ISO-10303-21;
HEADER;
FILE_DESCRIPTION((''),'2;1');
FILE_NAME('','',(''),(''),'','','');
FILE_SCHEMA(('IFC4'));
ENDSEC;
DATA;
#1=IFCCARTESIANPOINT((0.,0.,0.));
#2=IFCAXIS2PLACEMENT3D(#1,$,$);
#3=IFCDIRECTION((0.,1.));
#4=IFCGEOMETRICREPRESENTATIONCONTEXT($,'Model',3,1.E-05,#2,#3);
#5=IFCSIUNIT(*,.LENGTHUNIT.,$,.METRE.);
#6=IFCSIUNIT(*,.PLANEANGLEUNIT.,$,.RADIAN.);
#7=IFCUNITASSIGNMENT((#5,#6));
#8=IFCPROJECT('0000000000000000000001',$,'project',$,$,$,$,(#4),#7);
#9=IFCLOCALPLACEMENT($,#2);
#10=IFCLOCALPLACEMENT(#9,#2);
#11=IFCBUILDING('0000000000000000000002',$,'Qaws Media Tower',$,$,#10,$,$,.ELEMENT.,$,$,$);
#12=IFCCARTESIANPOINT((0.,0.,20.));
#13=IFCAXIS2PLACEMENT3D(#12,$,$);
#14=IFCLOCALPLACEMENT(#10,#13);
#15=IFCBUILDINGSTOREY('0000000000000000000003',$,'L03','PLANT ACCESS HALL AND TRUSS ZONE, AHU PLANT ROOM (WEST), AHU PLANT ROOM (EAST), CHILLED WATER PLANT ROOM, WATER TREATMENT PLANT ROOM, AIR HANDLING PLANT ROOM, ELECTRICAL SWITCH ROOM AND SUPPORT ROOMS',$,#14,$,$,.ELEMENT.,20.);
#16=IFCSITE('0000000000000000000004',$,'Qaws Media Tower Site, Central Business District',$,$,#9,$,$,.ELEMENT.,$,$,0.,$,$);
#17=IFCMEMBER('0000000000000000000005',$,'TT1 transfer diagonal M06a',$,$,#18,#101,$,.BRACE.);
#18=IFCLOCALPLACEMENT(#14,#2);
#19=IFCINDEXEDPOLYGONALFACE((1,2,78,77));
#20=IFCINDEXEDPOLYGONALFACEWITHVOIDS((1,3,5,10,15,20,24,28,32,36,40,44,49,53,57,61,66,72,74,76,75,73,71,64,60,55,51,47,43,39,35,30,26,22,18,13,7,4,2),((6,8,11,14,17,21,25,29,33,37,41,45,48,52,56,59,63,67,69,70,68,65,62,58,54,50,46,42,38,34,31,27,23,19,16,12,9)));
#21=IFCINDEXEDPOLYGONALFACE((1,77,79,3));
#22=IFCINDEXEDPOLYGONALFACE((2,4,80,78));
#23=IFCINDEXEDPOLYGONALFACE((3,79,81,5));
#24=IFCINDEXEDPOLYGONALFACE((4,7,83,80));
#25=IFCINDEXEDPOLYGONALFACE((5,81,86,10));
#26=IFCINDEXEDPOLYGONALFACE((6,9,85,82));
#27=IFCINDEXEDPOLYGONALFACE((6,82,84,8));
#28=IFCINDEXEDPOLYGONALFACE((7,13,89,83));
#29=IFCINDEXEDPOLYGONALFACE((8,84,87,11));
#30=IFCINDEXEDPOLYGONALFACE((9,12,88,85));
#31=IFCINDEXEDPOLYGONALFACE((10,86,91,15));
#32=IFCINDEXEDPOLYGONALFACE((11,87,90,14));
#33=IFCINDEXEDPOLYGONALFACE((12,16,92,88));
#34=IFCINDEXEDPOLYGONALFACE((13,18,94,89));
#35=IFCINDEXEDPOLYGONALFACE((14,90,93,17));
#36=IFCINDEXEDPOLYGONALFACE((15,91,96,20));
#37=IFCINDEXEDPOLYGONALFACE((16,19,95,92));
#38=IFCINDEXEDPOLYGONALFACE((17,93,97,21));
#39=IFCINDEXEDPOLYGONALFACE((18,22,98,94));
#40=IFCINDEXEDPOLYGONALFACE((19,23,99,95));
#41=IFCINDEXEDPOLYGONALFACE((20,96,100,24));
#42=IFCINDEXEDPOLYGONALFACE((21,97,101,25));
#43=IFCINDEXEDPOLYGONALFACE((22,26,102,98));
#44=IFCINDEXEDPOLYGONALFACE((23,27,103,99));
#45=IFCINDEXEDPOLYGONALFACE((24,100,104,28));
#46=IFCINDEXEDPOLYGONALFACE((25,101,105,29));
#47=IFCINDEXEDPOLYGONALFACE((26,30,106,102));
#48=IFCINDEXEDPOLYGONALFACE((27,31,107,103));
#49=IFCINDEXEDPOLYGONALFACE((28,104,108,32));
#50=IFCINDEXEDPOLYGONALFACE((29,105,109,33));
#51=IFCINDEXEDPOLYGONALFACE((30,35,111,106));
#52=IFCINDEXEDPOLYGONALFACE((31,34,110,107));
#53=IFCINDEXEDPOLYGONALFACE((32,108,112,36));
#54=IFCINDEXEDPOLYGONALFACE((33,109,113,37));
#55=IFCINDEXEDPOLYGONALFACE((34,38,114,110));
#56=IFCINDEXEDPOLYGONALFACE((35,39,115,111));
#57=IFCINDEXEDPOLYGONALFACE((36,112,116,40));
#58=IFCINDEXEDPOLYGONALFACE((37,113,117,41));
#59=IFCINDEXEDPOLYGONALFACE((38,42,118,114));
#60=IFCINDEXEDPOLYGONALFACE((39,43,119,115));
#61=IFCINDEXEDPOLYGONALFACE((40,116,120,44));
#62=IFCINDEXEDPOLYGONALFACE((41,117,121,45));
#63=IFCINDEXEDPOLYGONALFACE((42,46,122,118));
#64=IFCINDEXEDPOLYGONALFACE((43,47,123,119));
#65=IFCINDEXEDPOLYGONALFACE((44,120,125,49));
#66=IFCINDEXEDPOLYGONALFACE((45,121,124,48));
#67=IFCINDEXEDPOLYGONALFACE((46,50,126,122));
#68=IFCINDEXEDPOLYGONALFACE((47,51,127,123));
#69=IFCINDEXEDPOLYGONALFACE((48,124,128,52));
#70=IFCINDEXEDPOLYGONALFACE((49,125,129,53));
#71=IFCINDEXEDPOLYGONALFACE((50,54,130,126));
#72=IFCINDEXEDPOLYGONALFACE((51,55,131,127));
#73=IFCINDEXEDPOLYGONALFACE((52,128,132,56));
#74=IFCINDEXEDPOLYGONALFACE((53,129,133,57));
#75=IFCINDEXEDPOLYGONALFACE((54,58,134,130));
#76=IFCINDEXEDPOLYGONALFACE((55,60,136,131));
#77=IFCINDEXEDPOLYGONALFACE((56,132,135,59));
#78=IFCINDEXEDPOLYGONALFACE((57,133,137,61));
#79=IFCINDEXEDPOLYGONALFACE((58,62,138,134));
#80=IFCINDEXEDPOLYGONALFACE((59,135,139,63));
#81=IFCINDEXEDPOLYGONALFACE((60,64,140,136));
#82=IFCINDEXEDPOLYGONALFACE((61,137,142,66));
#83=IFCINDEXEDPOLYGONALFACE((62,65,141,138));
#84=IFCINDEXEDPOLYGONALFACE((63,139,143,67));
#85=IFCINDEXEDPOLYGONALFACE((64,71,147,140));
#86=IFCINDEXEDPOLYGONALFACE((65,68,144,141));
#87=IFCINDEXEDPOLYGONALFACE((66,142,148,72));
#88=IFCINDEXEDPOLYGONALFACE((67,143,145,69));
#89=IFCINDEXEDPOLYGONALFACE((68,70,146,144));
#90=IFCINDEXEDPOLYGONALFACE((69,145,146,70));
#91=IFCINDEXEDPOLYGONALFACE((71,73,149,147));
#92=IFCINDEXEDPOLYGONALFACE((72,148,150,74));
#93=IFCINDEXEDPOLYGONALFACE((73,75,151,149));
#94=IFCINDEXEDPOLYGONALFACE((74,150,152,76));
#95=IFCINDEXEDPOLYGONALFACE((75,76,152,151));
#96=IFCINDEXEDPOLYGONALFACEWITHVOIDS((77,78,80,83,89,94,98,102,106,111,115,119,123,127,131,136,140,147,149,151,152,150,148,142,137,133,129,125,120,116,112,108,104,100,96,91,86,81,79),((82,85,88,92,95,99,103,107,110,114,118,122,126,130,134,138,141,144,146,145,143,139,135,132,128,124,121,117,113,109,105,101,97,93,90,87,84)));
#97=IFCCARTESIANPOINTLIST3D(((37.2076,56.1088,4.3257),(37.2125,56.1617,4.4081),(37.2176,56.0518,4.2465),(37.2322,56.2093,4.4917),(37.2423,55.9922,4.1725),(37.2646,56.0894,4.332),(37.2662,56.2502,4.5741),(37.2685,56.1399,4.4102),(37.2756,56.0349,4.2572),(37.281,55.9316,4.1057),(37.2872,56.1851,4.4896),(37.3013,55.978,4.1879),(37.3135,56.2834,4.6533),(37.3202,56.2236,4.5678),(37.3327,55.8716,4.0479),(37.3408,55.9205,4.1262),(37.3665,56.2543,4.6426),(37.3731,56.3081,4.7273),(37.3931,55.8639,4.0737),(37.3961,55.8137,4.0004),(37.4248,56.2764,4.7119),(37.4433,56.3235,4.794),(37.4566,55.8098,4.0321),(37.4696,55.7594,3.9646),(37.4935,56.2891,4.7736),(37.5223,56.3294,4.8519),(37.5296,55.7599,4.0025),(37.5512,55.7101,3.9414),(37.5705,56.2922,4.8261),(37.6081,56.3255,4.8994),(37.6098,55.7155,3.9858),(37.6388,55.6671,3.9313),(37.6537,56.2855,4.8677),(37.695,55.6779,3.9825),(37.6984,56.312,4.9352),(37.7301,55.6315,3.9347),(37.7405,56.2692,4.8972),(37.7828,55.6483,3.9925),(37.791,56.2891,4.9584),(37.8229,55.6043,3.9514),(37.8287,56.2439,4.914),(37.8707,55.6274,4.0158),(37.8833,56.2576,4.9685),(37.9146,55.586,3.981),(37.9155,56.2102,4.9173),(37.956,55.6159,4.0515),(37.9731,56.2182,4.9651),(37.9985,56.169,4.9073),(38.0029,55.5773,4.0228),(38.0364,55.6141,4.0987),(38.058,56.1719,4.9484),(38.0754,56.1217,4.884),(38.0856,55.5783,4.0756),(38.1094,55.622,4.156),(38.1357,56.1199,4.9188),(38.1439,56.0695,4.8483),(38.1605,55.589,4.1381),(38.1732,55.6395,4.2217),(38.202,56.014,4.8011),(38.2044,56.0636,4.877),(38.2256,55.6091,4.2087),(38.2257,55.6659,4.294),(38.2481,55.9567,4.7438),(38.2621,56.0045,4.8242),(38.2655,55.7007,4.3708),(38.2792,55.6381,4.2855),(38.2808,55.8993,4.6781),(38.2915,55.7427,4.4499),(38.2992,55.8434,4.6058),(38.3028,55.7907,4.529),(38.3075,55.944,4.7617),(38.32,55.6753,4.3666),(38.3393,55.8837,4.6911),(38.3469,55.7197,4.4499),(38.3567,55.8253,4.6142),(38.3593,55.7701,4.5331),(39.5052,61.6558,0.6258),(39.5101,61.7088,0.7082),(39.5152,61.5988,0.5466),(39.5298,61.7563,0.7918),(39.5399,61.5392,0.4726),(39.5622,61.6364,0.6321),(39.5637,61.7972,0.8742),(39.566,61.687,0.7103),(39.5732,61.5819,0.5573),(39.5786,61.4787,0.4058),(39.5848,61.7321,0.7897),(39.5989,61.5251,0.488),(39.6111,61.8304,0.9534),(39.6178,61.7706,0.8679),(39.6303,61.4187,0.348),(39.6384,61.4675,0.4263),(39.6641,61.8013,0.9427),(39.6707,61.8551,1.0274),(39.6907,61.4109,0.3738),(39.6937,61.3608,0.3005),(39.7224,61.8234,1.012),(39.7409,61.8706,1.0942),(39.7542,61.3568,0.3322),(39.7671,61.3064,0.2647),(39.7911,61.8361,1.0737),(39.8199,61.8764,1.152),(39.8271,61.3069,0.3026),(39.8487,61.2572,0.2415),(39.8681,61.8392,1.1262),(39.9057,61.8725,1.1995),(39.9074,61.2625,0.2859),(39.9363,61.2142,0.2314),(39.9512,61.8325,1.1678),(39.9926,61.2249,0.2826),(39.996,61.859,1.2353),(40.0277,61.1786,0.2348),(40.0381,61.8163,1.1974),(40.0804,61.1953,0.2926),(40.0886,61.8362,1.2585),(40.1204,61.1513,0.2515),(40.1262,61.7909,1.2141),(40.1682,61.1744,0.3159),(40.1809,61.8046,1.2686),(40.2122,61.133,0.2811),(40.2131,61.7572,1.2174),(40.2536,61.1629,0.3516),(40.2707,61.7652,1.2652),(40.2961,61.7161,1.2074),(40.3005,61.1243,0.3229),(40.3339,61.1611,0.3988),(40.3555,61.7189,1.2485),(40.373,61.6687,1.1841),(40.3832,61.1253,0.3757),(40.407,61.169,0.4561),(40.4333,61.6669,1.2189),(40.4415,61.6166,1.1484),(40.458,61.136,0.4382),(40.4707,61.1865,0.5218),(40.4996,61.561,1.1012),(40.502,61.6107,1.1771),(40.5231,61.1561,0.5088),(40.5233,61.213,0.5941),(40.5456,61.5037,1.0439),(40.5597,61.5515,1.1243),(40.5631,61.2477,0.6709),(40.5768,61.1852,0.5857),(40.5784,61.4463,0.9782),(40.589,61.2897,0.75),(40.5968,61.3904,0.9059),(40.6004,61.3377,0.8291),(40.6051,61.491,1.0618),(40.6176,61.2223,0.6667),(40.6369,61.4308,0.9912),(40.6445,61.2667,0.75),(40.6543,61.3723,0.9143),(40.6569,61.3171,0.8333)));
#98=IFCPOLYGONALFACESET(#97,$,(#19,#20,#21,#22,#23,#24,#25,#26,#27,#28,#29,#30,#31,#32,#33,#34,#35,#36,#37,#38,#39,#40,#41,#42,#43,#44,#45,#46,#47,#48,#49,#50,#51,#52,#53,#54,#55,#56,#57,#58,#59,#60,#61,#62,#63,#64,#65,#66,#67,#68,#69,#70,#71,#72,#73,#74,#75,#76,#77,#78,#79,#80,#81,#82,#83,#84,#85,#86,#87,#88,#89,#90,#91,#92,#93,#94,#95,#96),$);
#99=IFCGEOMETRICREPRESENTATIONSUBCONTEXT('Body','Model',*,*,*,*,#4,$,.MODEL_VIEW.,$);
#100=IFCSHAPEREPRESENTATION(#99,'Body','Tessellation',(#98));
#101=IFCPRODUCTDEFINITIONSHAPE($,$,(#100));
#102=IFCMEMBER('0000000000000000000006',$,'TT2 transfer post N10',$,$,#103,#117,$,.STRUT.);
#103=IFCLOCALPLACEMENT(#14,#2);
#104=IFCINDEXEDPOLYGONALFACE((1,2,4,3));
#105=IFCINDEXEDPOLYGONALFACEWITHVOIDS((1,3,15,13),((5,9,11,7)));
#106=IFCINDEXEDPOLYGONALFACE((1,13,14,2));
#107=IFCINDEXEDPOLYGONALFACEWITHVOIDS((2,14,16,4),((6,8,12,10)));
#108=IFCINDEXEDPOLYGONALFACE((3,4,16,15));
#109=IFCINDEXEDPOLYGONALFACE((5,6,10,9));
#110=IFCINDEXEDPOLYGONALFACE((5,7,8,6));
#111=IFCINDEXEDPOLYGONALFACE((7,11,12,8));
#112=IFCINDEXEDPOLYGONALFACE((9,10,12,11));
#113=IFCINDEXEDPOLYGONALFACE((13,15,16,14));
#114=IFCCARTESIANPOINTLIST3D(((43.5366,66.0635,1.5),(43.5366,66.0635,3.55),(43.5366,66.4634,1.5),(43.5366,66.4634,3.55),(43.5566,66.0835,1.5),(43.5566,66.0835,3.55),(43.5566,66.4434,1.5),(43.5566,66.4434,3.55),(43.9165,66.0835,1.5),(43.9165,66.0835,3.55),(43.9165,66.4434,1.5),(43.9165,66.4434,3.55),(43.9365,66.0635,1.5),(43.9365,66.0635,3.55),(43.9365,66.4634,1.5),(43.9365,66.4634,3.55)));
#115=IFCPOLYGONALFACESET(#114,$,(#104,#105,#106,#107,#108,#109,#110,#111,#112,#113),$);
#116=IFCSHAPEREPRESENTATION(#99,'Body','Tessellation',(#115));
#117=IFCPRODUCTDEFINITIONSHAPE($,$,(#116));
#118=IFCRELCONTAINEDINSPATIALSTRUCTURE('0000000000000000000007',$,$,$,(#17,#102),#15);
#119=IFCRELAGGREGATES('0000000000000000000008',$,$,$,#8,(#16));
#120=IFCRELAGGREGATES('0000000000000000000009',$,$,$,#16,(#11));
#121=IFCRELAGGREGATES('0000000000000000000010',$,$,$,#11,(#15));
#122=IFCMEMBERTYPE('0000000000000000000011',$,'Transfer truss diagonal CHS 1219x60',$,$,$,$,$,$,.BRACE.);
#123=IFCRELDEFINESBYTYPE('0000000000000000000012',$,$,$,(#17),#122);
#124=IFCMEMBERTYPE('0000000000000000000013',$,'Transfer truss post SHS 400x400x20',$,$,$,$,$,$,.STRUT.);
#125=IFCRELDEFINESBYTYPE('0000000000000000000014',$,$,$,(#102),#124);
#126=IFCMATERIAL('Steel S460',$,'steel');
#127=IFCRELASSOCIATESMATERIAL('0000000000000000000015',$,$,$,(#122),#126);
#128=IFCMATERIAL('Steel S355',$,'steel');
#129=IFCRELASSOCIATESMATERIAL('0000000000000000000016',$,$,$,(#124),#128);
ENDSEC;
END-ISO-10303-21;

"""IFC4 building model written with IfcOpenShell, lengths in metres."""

from ifc_helpers import new_model, si_unit, direction, frame, origin, origin_2d, place, context, subcontext, project, spatial, hollow_rectangle, hollow_circle, extrude, material, material_profile, profile_set, type_object, element, save


model = new_model("IFC4")

# Units and contexts
model_context = context("Model", 3, precision=1e-05, world=origin(), true_north=direction((0.0, 1.0)))
body_context = subcontext(model_context, "Body", "Model", "MODEL_VIEW")
ifc_project = project(units=[si_unit("LENGTHUNIT", "METRE"), si_unit("PLANEANGLEUNIT", "RADIAN")], contexts=[model_context])

# Site, building, storey
site_placement = place(None, origin())
site = spatial("IfcSite", under=ifc_project, at=site_placement, Name="Qaws Media Tower Site, Central Business District", CompositionType="ELEMENT", RefElevation=0.0)
building_placement = place(site_placement, origin())
building = spatial("IfcBuilding", under=site, at=building_placement, Name="Qaws Media Tower", CompositionType="ELEMENT")
storey_placement = place(building_placement, frame((0.0, 0.0, 20.0)))
storey = spatial("IfcBuildingStorey", under=building, at=storey_placement, Name="L03", Description="PLANT ACCESS HALL AND TRUSS ZONE, AHU PLANT ROOM (WEST), AHU PLANT ROOM (EAST), CHILLED WATER PLANT ROOM, WATER TREATMENT PLANT ROOM, AIR HANDLING PLANT ROOM, ELECTRICAL SWITCH ROOM AND SUPPORT ROOMS", CompositionType="ELEMENT", Elevation=20.0)

# Members
ifc_material_1 = material(Name="Steel S460", Category="steel")
ifc_material_profile_1 = material_profile(ifc_material_1, hollow_circle(Radius=0.6096, WallThickness=0.0601, at=origin_2d()), Name="CHS 1219x60")
ifc_profile_set_1 = profile_set([ifc_material_profile_1], Name="Steel S460")
member_type_1 = type_object("IfcMemberType", Name="Transfer truss diagonal CHS 1219x60", PredefinedType="BRACE", material=ifc_profile_set_1)
member_1_placement = place(storey_placement, frame((40.0813, 61.5, 0.75), z_axis=(-0.325782, -0.786535, 0.524622), x_axis=(0.923885, -0.382671, 0.0)))
element("IfcMember", 1, at=member_1_placement, inside=storey, type_object=member_type_1, Name="TT1 transfer diagonal M06a", PredefinedType="BRACE", context=body_context, shape_type="SweptSolid", body=[
    extrude(hollow_circle(Radius=0.6096, WallThickness=0.0601, at=origin_2d()), origin(), (0.0, 0.0, 1.0), 7.0525),
])
ifc_material_2 = material(Name="Steel S355", Category="steel")
ifc_material_profile_2 = material_profile(ifc_material_2, hollow_rectangle(XDim=0.3999, YDim=0.3999, WallThickness=0.02, at=origin_2d()), Name="SHS 400x400x20")
ifc_profile_set_2 = profile_set([ifc_material_profile_2], Name="Steel S355")
member_type_2 = type_object("IfcMemberType", Name="Transfer truss post SHS 400x400x20", PredefinedType="STRUT", material=ifc_profile_set_2)
member_2_placement = place(storey_placement, frame((43.7366, 66.2634, 1.5), z_axis=(0.0, 0.0, 1.0), x_axis=(1.0, 0.0, 0.0)))
element("IfcMember", 2, at=member_2_placement, inside=storey, type_object=member_type_2, Name="TT2 transfer post N10", PredefinedType="STRUT", context=body_context, shape_type="SweptSolid", body=[
    extrude(hollow_rectangle(XDim=0.3999, YDim=0.3999, WallThickness=0.02, at=origin_2d()), origin(), (0.0, 0.0, 1.0), 2.05),
])

save(model, "model.ifc")
